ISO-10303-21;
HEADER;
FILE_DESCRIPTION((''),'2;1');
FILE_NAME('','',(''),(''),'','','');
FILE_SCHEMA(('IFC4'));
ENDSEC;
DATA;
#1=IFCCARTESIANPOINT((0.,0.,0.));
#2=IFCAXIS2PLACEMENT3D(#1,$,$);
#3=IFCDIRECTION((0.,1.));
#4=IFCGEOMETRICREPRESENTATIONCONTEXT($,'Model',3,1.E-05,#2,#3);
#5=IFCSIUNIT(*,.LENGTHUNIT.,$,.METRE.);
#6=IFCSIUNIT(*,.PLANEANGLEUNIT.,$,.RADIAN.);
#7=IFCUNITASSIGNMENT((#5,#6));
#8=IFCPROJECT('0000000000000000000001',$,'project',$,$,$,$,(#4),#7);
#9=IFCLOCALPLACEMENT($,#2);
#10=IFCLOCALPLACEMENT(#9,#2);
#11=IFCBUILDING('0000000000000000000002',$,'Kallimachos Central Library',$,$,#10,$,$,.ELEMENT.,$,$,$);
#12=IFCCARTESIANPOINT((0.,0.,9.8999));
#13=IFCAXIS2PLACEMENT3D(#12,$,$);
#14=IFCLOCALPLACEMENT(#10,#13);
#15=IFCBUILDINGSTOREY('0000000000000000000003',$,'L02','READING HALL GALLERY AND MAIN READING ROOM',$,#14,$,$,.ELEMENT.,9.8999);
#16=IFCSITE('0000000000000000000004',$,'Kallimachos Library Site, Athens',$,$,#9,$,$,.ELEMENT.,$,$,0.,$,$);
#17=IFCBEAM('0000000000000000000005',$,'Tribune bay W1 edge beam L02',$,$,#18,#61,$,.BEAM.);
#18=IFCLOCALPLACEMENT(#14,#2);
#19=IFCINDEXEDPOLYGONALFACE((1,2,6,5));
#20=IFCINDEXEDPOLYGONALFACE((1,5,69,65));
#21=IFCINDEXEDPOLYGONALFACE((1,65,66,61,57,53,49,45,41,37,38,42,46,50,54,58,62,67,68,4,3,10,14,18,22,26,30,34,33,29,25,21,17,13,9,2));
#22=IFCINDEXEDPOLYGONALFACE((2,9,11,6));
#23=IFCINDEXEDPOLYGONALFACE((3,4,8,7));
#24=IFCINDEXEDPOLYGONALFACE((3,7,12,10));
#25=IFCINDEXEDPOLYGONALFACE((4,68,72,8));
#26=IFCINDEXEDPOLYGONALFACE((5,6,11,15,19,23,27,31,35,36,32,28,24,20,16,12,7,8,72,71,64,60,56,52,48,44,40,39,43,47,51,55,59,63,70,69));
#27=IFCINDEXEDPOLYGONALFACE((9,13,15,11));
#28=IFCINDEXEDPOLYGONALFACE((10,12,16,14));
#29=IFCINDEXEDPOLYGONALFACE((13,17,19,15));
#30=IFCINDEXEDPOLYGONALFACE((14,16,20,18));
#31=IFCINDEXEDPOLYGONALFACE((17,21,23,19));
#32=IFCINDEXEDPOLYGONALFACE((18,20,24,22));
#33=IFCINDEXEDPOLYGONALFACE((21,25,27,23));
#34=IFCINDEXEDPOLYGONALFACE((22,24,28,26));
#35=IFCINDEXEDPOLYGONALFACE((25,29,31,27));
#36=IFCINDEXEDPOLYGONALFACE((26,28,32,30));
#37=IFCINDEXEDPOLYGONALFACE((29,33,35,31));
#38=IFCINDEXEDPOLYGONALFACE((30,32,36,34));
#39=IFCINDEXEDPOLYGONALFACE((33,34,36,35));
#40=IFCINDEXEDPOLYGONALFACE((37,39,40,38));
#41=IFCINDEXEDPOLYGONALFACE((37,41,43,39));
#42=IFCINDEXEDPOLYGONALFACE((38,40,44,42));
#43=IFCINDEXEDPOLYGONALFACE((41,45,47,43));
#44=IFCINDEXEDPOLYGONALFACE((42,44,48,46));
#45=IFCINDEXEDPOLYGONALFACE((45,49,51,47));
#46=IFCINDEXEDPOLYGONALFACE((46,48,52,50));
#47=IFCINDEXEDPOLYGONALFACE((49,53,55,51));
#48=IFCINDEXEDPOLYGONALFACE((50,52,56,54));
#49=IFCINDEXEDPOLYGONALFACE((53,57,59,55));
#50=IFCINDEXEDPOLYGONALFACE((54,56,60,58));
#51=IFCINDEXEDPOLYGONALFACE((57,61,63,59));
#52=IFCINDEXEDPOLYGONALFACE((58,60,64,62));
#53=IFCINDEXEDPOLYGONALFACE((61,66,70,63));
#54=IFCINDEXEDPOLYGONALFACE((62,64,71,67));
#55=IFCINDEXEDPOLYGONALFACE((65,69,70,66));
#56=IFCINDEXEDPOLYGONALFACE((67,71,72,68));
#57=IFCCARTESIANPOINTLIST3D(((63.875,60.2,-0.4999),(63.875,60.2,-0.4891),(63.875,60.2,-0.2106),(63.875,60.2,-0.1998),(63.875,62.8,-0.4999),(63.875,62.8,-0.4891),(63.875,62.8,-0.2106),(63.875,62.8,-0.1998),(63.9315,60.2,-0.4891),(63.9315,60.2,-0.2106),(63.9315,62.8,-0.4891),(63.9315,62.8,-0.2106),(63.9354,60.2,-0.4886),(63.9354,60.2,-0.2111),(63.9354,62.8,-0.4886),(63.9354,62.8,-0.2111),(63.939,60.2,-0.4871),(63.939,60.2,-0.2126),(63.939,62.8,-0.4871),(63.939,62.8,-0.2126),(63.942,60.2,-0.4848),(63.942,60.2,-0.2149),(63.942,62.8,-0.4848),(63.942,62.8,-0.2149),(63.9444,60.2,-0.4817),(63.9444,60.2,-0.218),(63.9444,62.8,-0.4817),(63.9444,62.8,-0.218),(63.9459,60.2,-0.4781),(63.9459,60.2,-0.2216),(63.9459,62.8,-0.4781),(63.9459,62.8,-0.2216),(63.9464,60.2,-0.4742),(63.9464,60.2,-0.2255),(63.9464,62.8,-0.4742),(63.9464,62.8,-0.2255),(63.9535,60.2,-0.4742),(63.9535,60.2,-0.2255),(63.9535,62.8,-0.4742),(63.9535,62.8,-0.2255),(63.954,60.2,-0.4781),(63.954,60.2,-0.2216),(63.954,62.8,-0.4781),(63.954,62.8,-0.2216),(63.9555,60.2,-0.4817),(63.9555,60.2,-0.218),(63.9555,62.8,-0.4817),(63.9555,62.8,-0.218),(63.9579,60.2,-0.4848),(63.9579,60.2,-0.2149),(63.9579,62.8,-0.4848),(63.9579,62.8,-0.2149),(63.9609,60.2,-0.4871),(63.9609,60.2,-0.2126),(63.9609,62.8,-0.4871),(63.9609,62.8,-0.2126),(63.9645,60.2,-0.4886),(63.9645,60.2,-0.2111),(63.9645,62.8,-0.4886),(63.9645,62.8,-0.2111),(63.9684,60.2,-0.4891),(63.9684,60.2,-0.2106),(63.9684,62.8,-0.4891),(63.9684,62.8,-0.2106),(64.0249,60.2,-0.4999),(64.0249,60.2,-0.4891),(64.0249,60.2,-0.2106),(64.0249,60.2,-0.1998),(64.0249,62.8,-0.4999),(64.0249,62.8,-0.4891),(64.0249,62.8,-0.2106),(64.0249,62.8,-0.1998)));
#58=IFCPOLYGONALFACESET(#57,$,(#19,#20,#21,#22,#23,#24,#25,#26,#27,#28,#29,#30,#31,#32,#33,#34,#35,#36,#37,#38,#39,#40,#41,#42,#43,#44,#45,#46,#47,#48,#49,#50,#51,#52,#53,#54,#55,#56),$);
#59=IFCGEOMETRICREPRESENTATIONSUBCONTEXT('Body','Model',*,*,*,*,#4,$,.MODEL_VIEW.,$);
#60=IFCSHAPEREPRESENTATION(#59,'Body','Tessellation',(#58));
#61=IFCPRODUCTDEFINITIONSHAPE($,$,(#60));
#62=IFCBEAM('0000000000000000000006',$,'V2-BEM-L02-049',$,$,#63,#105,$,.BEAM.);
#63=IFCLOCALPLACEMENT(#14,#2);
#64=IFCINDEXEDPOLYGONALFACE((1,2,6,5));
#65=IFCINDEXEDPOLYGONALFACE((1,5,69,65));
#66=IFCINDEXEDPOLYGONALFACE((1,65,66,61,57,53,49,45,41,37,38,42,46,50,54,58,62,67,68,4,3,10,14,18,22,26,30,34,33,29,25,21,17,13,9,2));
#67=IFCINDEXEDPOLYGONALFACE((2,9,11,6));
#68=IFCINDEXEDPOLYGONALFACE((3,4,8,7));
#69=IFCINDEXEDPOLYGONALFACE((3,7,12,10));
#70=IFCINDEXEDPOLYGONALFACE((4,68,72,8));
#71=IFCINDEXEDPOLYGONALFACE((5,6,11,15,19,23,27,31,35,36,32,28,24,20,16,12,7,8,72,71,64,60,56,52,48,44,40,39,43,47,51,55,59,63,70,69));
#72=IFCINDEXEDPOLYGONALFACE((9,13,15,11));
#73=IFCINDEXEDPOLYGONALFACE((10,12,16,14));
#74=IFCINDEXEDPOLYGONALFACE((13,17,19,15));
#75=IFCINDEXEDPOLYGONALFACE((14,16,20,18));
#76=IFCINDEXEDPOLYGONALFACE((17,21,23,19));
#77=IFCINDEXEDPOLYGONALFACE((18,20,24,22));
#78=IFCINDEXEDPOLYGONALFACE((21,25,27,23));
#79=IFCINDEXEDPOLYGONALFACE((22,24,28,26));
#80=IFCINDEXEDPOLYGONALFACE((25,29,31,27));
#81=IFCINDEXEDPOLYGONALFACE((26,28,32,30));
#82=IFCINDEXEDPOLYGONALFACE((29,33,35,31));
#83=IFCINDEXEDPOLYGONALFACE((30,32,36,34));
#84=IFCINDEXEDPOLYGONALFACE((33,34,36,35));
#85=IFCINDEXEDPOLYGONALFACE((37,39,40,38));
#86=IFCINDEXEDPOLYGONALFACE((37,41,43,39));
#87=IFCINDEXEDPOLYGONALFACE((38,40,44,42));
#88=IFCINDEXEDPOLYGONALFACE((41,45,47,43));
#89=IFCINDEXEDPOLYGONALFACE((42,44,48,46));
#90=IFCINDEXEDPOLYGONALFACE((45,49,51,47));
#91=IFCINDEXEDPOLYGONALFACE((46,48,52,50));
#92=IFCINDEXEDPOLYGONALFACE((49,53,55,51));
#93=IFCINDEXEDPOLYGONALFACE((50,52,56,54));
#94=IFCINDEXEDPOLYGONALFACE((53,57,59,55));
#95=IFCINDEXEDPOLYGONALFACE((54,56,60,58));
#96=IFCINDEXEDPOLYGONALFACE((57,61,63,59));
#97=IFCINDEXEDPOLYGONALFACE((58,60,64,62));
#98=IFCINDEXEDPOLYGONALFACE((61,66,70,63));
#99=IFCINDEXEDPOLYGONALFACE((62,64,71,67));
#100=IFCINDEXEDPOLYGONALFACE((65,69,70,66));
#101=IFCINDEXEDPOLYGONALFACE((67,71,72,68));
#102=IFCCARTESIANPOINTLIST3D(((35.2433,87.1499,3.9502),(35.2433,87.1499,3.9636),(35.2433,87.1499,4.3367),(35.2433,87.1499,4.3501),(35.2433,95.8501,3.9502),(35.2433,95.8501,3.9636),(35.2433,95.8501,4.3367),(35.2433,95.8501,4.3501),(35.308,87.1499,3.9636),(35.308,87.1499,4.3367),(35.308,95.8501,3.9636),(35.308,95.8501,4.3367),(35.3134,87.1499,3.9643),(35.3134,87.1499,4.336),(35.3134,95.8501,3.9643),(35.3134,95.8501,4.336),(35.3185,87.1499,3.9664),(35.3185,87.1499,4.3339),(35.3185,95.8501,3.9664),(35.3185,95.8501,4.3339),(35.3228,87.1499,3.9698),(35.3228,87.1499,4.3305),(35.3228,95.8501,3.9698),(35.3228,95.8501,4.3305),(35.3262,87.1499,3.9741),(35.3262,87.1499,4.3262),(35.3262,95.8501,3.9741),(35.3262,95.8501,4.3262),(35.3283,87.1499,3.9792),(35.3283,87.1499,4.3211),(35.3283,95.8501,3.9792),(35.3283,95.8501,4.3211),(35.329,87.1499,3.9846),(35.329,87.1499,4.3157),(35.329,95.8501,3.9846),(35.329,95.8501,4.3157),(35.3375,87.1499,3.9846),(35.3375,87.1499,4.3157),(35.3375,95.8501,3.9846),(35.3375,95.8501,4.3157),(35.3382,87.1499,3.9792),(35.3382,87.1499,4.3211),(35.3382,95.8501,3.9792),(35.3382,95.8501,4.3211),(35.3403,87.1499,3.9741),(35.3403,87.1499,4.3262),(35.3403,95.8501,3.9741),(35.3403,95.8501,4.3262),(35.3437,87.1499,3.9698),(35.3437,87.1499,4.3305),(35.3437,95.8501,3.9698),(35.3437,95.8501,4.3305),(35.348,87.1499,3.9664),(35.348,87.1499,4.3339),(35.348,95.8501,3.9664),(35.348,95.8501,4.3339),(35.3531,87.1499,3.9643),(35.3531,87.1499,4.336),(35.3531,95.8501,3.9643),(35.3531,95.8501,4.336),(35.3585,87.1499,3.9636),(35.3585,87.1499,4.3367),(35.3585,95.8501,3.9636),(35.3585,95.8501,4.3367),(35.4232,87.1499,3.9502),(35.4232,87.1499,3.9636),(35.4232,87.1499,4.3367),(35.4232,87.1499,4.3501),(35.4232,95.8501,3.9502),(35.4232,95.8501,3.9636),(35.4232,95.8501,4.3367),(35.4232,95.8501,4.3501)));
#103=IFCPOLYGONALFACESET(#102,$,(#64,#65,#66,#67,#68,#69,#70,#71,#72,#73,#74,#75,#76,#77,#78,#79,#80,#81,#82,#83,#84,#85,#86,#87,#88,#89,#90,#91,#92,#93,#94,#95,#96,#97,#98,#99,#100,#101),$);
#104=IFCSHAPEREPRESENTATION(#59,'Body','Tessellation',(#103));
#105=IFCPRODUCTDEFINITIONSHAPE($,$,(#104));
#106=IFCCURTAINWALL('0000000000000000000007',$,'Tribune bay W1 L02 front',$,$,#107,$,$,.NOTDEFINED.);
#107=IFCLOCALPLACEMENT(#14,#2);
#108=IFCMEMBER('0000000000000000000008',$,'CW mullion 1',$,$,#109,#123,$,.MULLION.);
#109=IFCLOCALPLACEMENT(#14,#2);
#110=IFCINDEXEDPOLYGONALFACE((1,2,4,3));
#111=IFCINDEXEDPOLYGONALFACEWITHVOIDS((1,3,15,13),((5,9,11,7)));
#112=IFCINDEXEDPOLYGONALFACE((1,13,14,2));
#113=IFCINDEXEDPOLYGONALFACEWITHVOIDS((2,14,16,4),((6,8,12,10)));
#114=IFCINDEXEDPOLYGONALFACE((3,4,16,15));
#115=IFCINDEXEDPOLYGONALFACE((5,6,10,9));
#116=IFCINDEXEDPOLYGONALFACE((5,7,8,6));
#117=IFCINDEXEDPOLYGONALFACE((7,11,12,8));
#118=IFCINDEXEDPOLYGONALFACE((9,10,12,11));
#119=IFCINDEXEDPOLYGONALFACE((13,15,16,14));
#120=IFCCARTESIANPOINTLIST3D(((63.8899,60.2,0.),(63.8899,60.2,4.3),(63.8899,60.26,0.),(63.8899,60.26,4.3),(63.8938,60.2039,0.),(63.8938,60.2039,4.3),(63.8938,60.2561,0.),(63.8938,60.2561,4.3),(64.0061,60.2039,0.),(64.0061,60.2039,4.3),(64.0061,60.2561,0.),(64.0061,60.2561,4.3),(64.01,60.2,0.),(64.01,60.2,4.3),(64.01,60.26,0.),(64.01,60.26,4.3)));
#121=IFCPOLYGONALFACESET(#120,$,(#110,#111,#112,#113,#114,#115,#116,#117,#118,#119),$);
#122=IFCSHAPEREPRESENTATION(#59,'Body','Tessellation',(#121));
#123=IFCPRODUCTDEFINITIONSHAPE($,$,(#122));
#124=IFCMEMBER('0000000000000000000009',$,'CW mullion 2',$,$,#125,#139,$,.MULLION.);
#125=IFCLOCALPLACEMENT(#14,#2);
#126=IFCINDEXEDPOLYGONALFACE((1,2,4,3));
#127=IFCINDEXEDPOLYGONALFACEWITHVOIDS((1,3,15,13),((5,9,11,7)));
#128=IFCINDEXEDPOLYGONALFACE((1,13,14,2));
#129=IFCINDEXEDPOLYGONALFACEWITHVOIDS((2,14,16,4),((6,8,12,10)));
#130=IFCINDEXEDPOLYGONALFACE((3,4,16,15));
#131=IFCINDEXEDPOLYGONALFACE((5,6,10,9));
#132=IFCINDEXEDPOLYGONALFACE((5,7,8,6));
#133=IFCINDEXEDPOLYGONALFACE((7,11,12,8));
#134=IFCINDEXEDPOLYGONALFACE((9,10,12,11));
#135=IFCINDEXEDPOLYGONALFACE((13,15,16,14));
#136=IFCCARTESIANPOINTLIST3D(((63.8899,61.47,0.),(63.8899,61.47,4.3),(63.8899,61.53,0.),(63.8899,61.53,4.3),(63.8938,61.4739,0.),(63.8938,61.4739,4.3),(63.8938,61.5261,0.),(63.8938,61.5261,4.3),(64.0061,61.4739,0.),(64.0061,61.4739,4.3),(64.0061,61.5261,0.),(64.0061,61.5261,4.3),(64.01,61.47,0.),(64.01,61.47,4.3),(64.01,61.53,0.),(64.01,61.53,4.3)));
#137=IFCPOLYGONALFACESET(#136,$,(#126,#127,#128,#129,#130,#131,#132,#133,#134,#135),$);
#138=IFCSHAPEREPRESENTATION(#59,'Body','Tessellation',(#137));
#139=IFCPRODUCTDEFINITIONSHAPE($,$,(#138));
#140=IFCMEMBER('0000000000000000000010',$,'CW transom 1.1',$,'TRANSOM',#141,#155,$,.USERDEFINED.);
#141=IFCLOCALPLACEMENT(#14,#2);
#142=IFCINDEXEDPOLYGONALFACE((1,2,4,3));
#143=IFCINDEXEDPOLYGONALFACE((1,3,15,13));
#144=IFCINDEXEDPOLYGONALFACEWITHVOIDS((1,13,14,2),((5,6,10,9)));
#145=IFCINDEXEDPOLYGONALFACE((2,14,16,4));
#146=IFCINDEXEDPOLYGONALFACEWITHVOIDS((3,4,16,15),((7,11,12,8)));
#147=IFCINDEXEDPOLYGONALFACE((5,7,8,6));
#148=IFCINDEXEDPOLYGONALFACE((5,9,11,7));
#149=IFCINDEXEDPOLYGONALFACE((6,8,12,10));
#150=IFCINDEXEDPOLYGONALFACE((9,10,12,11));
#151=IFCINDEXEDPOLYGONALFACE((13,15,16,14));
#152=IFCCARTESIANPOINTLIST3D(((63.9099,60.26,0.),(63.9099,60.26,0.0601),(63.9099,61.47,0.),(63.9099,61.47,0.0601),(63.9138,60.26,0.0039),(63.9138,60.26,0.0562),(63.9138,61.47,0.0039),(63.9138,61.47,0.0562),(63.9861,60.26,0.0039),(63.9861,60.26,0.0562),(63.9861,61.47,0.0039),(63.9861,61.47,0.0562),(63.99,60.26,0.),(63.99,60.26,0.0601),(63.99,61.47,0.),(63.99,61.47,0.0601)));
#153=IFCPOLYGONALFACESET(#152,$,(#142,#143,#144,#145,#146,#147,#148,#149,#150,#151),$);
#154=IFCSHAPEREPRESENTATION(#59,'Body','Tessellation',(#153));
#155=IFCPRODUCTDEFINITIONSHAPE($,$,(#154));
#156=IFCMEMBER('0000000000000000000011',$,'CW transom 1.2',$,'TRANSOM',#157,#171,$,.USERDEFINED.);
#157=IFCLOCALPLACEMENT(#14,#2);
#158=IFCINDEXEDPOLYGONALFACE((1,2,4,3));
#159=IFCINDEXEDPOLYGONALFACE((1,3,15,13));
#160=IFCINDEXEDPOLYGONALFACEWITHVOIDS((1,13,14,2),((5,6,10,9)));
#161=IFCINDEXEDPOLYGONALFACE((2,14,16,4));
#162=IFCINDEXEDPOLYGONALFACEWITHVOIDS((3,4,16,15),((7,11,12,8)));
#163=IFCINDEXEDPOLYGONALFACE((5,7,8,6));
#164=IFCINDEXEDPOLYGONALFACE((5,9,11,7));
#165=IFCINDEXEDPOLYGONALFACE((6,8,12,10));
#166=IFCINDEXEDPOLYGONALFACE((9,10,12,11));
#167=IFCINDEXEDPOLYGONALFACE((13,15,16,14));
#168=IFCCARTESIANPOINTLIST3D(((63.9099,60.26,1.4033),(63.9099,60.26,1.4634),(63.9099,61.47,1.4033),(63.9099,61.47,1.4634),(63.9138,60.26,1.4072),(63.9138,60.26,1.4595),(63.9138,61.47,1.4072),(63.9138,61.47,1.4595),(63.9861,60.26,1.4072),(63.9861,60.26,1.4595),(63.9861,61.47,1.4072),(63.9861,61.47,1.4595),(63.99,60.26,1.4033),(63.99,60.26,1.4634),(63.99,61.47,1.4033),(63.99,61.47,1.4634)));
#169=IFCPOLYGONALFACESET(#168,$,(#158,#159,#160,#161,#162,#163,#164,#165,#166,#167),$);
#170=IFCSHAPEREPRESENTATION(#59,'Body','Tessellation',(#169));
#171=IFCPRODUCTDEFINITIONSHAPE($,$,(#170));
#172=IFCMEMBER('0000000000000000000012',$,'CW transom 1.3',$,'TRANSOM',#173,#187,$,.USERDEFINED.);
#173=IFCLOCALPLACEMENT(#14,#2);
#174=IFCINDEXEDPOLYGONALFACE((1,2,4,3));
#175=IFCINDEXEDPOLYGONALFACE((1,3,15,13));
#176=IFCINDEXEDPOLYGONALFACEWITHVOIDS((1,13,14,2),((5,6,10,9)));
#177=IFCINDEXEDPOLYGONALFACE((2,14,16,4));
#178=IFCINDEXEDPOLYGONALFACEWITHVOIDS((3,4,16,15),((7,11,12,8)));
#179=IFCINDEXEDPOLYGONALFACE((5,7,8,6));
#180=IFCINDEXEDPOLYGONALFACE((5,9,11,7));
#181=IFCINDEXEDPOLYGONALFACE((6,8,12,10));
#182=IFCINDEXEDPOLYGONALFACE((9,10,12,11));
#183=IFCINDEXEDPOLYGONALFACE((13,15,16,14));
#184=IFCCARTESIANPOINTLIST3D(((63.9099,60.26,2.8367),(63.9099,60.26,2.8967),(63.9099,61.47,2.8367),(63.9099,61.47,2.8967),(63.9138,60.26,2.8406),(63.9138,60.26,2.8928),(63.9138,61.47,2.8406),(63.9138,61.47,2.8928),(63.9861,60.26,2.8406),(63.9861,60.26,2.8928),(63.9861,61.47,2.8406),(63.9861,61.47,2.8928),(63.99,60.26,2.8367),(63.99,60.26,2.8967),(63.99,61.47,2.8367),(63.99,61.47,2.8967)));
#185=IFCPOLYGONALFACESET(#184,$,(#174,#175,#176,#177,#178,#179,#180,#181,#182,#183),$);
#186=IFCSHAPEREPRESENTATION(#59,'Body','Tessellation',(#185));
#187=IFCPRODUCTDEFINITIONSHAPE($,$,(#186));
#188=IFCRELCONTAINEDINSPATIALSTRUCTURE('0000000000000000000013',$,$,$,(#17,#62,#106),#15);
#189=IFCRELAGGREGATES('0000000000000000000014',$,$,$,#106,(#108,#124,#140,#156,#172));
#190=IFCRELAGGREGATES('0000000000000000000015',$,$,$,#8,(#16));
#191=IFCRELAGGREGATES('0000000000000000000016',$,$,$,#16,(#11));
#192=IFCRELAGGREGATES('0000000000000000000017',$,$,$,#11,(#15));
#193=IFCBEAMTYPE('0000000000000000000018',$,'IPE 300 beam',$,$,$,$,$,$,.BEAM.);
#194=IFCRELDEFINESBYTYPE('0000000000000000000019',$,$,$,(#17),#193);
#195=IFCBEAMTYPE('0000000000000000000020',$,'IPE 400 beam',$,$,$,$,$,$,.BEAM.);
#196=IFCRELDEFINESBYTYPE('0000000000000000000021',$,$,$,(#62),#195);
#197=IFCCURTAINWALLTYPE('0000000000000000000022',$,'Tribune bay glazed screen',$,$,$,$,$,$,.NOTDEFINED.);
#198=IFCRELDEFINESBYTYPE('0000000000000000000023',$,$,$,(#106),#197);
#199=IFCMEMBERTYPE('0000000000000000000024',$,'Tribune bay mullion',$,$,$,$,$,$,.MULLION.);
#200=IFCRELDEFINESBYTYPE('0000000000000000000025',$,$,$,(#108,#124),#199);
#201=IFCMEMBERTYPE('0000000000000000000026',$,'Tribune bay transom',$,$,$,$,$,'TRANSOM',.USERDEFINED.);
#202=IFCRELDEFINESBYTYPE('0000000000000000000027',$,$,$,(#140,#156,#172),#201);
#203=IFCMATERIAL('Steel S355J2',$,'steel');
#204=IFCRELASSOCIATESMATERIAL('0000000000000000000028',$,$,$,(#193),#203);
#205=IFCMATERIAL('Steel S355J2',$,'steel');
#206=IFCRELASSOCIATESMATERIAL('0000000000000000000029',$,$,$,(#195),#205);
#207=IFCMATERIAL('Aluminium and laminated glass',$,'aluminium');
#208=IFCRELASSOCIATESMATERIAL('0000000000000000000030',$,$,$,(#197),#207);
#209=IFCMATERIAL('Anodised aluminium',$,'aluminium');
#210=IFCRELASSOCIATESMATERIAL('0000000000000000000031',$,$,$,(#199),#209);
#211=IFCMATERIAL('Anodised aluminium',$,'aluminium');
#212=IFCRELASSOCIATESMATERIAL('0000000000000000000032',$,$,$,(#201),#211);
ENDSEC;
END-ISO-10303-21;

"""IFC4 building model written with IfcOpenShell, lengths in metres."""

from ifc_helpers import new_model, si_unit, direction, frame, origin, origin_2d, place, context, subcontext, project, spatial, hollow_rectangle, i_section, extrude, material, material_profile, profile_set, type_object, element, aggregate, save


model = new_model("IFC4")

# Units and contexts
model_context = context("Model", 3, precision=1e-05, world=origin(), true_north=direction((0.0, 1.0)))
body_context = subcontext(model_context, "Body", "Model", "MODEL_VIEW")
ifc_project = project(units=[si_unit("LENGTHUNIT", "METRE"), si_unit("PLANEANGLEUNIT", "RADIAN")], contexts=[model_context])

# Site, building, storey
site_placement = place(None, origin())
site = spatial("IfcSite", under=ifc_project, at=site_placement, Name="Kallimachos Library Site, Athens", CompositionType="ELEMENT", RefElevation=0.0)
building_placement = place(site_placement, origin())
building = spatial("IfcBuilding", under=site, at=building_placement, Name="Kallimachos Central Library", CompositionType="ELEMENT")
storey_placement = place(building_placement, frame((0.0, 0.0, 9.8999)))
storey = spatial("IfcBuildingStorey", under=building, at=storey_placement, Name="L02", Description="READING HALL GALLERY AND MAIN READING ROOM", CompositionType="ELEMENT", Elevation=9.8999)

# Beams
ifc_material_1 = material(Name="Steel S355J2", Category="steel")
ifc_material_profile_1 = material_profile(ifc_material_1, i_section(OverallWidth=0.1499, OverallDepth=0.3, WebThickness=0.0071, FlangeThickness=0.0107, FilletRadius=0.0149, at=origin_2d()), Name="IPE 300")
ifc_profile_set_1 = profile_set([ifc_material_profile_1], Name="Steel S355J2")
beam_type_1 = type_object("IfcBeamType", Name="IPE 300 beam", PredefinedType="BEAM", material=ifc_profile_set_1)
beam_1_placement = place(storey_placement, frame((63.95, 60.2, -0.3499), z_axis=(0.0, 1.0, 0.0), x_axis=(-1.0, 0.0, 0.0)))
element("IfcBeam", 1, at=beam_1_placement, inside=storey, type_object=beam_type_1, Name="Tribune bay W1 edge beam L02", PredefinedType="BEAM", context=body_context, shape_type="SweptSolid", body=[
    extrude(i_section(OverallWidth=0.1499, OverallDepth=0.3, WebThickness=0.0071, FlangeThickness=0.0107, FilletRadius=0.0149, at=origin_2d()), origin(), (0.0, 0.0, 1.0), 2.6001),
])
ifc_material_2 = material(Name="Steel S355J2", Category="steel")
ifc_material_profile_2 = material_profile(ifc_material_2, i_section(OverallWidth=0.1799, OverallDepth=0.3999, WebThickness=0.0085, FlangeThickness=0.0134, FilletRadius=0.021, at=origin_2d()), Name="IPE 400")
ifc_profile_set_2 = profile_set([ifc_material_profile_2], Name="Steel S355J2")
beam_type_2 = type_object("IfcBeamType", Name="IPE 400 beam", PredefinedType="BEAM", material=ifc_profile_set_2)
beam_2_placement = place(storey_placement, frame((35.3333, 87.1499, 4.1501), z_axis=(0.0, 1.0, 0.0), x_axis=(-1.0, 0.0, 0.0)))
element("IfcBeam", 2, at=beam_2_placement, inside=storey, type_object=beam_type_2, Name="V2-BEM-L02-049", PredefinedType="BEAM", context=body_context, shape_type="SweptSolid", body=[
    extrude(i_section(OverallWidth=0.1799, OverallDepth=0.3999, WebThickness=0.0085, FlangeThickness=0.0134, FilletRadius=0.021, at=origin_2d()), origin(), (0.0, 0.0, 1.0), 8.7002),
])

# Curtain wall, members
ifc_material_3 = material(Name="Aluminium and laminated glass", Category="aluminium")
curtain_wall_type = type_object("IfcCurtainWallType", Name="Tribune bay glazed screen", PredefinedType="NOTDEFINED", material=ifc_material_3)
curtain_wall_placement = place(storey_placement, origin())
curtain_wall = element("IfcCurtainWall", 3, at=curtain_wall_placement, inside=storey, type_object=curtain_wall_type, Name="Tribune bay W1 L02 front", PredefinedType="NOTDEFINED")
ifc_material_4 = material(Name="Anodised aluminium", Category="aluminium")
ifc_material_profile_3 = material_profile(ifc_material_4, hollow_rectangle(XDim=0.0601, YDim=0.1201, WallThickness=0.0039, at=origin_2d()), Name="ALU MULLION 60x120")
ifc_profile_set_3 = profile_set([ifc_material_profile_3], Name="Anodised aluminium")
member_type_1 = type_object("IfcMemberType", Name="Tribune bay mullion", PredefinedType="MULLION", material=ifc_profile_set_3)
member_1_placement = place(storey_placement, frame((63.95, 60.23, 0.0), z_axis=(0.0, 0.0, 1.0), x_axis=(0.0, 1.0, 0.0)))
member_1 = element("IfcMember", 4, at=member_1_placement, type_object=member_type_1, Name="CW mullion 1", PredefinedType="MULLION", context=body_context, shape_type="SweptSolid", body=[
    extrude(hollow_rectangle(XDim=0.0601, YDim=0.1201, WallThickness=0.0039, at=origin_2d()), origin(), (0.0, 0.0, 1.0), 4.3),
])
member_2_placement = place(storey_placement, frame((63.95, 61.5, 0.0), z_axis=(0.0, 0.0, 1.0), x_axis=(0.0, 1.0, 0.0)))
member_2 = element("IfcMember", 5, at=member_2_placement, type_object=member_type_1, Name="CW mullion 2", PredefinedType="MULLION", context=body_context, shape_type="SweptSolid", body=[
    extrude(hollow_rectangle(XDim=0.0601, YDim=0.1201, WallThickness=0.0039, at=origin_2d()), origin(), (0.0, 0.0, 1.0), 4.3),
])
ifc_material_5 = material(Name="Anodised aluminium", Category="aluminium")
ifc_material_profile_4 = material_profile(ifc_material_5, hollow_rectangle(XDim=0.0601, YDim=0.0801, WallThickness=0.0039, at=origin_2d()), Name="ALU TRANSOM 60x80")
ifc_profile_set_4 = profile_set([ifc_material_profile_4], Name="Anodised aluminium")
member_type_2 = type_object("IfcMemberType", Name="Tribune bay transom", ElementType="TRANSOM", PredefinedType="USERDEFINED", material=ifc_profile_set_4)
member_3_placement = place(storey_placement, frame((63.95, 60.26, 0.03), z_axis=(0.0, 1.0, 0.0), x_axis=(0.0, 0.0, 1.0)))
member_3 = element("IfcMember", 6, at=member_3_placement, type_object=member_type_2, Name="CW transom 1.1", ObjectType="TRANSOM", PredefinedType="USERDEFINED", context=body_context, shape_type="SweptSolid", body=[
    extrude(hollow_rectangle(XDim=0.0601, YDim=0.0801, WallThickness=0.0039, at=origin_2d()), origin(), (0.0, 0.0, 1.0), 1.21),
])
member_4_placement = place(storey_placement, frame((63.95, 60.26, 1.4333), z_axis=(0.0, 1.0, 0.0), x_axis=(0.0, 0.0, 1.0)))
member_4 = element("IfcMember", 7, at=member_4_placement, type_object=member_type_2, Name="CW transom 1.2", ObjectType="TRANSOM", PredefinedType="USERDEFINED", context=body_context, shape_type="SweptSolid", body=[
    extrude(hollow_rectangle(XDim=0.0601, YDim=0.0801, WallThickness=0.0039, at=origin_2d()), origin(), (0.0, 0.0, 1.0), 1.21),
])
member_5_placement = place(storey_placement, frame((63.95, 60.26, 2.8667), z_axis=(0.0, 1.0, 0.0), x_axis=(0.0, 0.0, 1.0)))
member_5 = element("IfcMember", 8, at=member_5_placement, type_object=member_type_2, Name="CW transom 1.3", ObjectType="TRANSOM", PredefinedType="USERDEFINED", context=body_context, shape_type="SweptSolid", body=[
    extrude(hollow_rectangle(XDim=0.0601, YDim=0.0801, WallThickness=0.0039, at=origin_2d()), origin(), (0.0, 0.0, 1.0), 1.21),
])
aggregate(curtain_wall, [member_1, member_2, member_3, member_4, member_5])

save(model, "model.ifc")
